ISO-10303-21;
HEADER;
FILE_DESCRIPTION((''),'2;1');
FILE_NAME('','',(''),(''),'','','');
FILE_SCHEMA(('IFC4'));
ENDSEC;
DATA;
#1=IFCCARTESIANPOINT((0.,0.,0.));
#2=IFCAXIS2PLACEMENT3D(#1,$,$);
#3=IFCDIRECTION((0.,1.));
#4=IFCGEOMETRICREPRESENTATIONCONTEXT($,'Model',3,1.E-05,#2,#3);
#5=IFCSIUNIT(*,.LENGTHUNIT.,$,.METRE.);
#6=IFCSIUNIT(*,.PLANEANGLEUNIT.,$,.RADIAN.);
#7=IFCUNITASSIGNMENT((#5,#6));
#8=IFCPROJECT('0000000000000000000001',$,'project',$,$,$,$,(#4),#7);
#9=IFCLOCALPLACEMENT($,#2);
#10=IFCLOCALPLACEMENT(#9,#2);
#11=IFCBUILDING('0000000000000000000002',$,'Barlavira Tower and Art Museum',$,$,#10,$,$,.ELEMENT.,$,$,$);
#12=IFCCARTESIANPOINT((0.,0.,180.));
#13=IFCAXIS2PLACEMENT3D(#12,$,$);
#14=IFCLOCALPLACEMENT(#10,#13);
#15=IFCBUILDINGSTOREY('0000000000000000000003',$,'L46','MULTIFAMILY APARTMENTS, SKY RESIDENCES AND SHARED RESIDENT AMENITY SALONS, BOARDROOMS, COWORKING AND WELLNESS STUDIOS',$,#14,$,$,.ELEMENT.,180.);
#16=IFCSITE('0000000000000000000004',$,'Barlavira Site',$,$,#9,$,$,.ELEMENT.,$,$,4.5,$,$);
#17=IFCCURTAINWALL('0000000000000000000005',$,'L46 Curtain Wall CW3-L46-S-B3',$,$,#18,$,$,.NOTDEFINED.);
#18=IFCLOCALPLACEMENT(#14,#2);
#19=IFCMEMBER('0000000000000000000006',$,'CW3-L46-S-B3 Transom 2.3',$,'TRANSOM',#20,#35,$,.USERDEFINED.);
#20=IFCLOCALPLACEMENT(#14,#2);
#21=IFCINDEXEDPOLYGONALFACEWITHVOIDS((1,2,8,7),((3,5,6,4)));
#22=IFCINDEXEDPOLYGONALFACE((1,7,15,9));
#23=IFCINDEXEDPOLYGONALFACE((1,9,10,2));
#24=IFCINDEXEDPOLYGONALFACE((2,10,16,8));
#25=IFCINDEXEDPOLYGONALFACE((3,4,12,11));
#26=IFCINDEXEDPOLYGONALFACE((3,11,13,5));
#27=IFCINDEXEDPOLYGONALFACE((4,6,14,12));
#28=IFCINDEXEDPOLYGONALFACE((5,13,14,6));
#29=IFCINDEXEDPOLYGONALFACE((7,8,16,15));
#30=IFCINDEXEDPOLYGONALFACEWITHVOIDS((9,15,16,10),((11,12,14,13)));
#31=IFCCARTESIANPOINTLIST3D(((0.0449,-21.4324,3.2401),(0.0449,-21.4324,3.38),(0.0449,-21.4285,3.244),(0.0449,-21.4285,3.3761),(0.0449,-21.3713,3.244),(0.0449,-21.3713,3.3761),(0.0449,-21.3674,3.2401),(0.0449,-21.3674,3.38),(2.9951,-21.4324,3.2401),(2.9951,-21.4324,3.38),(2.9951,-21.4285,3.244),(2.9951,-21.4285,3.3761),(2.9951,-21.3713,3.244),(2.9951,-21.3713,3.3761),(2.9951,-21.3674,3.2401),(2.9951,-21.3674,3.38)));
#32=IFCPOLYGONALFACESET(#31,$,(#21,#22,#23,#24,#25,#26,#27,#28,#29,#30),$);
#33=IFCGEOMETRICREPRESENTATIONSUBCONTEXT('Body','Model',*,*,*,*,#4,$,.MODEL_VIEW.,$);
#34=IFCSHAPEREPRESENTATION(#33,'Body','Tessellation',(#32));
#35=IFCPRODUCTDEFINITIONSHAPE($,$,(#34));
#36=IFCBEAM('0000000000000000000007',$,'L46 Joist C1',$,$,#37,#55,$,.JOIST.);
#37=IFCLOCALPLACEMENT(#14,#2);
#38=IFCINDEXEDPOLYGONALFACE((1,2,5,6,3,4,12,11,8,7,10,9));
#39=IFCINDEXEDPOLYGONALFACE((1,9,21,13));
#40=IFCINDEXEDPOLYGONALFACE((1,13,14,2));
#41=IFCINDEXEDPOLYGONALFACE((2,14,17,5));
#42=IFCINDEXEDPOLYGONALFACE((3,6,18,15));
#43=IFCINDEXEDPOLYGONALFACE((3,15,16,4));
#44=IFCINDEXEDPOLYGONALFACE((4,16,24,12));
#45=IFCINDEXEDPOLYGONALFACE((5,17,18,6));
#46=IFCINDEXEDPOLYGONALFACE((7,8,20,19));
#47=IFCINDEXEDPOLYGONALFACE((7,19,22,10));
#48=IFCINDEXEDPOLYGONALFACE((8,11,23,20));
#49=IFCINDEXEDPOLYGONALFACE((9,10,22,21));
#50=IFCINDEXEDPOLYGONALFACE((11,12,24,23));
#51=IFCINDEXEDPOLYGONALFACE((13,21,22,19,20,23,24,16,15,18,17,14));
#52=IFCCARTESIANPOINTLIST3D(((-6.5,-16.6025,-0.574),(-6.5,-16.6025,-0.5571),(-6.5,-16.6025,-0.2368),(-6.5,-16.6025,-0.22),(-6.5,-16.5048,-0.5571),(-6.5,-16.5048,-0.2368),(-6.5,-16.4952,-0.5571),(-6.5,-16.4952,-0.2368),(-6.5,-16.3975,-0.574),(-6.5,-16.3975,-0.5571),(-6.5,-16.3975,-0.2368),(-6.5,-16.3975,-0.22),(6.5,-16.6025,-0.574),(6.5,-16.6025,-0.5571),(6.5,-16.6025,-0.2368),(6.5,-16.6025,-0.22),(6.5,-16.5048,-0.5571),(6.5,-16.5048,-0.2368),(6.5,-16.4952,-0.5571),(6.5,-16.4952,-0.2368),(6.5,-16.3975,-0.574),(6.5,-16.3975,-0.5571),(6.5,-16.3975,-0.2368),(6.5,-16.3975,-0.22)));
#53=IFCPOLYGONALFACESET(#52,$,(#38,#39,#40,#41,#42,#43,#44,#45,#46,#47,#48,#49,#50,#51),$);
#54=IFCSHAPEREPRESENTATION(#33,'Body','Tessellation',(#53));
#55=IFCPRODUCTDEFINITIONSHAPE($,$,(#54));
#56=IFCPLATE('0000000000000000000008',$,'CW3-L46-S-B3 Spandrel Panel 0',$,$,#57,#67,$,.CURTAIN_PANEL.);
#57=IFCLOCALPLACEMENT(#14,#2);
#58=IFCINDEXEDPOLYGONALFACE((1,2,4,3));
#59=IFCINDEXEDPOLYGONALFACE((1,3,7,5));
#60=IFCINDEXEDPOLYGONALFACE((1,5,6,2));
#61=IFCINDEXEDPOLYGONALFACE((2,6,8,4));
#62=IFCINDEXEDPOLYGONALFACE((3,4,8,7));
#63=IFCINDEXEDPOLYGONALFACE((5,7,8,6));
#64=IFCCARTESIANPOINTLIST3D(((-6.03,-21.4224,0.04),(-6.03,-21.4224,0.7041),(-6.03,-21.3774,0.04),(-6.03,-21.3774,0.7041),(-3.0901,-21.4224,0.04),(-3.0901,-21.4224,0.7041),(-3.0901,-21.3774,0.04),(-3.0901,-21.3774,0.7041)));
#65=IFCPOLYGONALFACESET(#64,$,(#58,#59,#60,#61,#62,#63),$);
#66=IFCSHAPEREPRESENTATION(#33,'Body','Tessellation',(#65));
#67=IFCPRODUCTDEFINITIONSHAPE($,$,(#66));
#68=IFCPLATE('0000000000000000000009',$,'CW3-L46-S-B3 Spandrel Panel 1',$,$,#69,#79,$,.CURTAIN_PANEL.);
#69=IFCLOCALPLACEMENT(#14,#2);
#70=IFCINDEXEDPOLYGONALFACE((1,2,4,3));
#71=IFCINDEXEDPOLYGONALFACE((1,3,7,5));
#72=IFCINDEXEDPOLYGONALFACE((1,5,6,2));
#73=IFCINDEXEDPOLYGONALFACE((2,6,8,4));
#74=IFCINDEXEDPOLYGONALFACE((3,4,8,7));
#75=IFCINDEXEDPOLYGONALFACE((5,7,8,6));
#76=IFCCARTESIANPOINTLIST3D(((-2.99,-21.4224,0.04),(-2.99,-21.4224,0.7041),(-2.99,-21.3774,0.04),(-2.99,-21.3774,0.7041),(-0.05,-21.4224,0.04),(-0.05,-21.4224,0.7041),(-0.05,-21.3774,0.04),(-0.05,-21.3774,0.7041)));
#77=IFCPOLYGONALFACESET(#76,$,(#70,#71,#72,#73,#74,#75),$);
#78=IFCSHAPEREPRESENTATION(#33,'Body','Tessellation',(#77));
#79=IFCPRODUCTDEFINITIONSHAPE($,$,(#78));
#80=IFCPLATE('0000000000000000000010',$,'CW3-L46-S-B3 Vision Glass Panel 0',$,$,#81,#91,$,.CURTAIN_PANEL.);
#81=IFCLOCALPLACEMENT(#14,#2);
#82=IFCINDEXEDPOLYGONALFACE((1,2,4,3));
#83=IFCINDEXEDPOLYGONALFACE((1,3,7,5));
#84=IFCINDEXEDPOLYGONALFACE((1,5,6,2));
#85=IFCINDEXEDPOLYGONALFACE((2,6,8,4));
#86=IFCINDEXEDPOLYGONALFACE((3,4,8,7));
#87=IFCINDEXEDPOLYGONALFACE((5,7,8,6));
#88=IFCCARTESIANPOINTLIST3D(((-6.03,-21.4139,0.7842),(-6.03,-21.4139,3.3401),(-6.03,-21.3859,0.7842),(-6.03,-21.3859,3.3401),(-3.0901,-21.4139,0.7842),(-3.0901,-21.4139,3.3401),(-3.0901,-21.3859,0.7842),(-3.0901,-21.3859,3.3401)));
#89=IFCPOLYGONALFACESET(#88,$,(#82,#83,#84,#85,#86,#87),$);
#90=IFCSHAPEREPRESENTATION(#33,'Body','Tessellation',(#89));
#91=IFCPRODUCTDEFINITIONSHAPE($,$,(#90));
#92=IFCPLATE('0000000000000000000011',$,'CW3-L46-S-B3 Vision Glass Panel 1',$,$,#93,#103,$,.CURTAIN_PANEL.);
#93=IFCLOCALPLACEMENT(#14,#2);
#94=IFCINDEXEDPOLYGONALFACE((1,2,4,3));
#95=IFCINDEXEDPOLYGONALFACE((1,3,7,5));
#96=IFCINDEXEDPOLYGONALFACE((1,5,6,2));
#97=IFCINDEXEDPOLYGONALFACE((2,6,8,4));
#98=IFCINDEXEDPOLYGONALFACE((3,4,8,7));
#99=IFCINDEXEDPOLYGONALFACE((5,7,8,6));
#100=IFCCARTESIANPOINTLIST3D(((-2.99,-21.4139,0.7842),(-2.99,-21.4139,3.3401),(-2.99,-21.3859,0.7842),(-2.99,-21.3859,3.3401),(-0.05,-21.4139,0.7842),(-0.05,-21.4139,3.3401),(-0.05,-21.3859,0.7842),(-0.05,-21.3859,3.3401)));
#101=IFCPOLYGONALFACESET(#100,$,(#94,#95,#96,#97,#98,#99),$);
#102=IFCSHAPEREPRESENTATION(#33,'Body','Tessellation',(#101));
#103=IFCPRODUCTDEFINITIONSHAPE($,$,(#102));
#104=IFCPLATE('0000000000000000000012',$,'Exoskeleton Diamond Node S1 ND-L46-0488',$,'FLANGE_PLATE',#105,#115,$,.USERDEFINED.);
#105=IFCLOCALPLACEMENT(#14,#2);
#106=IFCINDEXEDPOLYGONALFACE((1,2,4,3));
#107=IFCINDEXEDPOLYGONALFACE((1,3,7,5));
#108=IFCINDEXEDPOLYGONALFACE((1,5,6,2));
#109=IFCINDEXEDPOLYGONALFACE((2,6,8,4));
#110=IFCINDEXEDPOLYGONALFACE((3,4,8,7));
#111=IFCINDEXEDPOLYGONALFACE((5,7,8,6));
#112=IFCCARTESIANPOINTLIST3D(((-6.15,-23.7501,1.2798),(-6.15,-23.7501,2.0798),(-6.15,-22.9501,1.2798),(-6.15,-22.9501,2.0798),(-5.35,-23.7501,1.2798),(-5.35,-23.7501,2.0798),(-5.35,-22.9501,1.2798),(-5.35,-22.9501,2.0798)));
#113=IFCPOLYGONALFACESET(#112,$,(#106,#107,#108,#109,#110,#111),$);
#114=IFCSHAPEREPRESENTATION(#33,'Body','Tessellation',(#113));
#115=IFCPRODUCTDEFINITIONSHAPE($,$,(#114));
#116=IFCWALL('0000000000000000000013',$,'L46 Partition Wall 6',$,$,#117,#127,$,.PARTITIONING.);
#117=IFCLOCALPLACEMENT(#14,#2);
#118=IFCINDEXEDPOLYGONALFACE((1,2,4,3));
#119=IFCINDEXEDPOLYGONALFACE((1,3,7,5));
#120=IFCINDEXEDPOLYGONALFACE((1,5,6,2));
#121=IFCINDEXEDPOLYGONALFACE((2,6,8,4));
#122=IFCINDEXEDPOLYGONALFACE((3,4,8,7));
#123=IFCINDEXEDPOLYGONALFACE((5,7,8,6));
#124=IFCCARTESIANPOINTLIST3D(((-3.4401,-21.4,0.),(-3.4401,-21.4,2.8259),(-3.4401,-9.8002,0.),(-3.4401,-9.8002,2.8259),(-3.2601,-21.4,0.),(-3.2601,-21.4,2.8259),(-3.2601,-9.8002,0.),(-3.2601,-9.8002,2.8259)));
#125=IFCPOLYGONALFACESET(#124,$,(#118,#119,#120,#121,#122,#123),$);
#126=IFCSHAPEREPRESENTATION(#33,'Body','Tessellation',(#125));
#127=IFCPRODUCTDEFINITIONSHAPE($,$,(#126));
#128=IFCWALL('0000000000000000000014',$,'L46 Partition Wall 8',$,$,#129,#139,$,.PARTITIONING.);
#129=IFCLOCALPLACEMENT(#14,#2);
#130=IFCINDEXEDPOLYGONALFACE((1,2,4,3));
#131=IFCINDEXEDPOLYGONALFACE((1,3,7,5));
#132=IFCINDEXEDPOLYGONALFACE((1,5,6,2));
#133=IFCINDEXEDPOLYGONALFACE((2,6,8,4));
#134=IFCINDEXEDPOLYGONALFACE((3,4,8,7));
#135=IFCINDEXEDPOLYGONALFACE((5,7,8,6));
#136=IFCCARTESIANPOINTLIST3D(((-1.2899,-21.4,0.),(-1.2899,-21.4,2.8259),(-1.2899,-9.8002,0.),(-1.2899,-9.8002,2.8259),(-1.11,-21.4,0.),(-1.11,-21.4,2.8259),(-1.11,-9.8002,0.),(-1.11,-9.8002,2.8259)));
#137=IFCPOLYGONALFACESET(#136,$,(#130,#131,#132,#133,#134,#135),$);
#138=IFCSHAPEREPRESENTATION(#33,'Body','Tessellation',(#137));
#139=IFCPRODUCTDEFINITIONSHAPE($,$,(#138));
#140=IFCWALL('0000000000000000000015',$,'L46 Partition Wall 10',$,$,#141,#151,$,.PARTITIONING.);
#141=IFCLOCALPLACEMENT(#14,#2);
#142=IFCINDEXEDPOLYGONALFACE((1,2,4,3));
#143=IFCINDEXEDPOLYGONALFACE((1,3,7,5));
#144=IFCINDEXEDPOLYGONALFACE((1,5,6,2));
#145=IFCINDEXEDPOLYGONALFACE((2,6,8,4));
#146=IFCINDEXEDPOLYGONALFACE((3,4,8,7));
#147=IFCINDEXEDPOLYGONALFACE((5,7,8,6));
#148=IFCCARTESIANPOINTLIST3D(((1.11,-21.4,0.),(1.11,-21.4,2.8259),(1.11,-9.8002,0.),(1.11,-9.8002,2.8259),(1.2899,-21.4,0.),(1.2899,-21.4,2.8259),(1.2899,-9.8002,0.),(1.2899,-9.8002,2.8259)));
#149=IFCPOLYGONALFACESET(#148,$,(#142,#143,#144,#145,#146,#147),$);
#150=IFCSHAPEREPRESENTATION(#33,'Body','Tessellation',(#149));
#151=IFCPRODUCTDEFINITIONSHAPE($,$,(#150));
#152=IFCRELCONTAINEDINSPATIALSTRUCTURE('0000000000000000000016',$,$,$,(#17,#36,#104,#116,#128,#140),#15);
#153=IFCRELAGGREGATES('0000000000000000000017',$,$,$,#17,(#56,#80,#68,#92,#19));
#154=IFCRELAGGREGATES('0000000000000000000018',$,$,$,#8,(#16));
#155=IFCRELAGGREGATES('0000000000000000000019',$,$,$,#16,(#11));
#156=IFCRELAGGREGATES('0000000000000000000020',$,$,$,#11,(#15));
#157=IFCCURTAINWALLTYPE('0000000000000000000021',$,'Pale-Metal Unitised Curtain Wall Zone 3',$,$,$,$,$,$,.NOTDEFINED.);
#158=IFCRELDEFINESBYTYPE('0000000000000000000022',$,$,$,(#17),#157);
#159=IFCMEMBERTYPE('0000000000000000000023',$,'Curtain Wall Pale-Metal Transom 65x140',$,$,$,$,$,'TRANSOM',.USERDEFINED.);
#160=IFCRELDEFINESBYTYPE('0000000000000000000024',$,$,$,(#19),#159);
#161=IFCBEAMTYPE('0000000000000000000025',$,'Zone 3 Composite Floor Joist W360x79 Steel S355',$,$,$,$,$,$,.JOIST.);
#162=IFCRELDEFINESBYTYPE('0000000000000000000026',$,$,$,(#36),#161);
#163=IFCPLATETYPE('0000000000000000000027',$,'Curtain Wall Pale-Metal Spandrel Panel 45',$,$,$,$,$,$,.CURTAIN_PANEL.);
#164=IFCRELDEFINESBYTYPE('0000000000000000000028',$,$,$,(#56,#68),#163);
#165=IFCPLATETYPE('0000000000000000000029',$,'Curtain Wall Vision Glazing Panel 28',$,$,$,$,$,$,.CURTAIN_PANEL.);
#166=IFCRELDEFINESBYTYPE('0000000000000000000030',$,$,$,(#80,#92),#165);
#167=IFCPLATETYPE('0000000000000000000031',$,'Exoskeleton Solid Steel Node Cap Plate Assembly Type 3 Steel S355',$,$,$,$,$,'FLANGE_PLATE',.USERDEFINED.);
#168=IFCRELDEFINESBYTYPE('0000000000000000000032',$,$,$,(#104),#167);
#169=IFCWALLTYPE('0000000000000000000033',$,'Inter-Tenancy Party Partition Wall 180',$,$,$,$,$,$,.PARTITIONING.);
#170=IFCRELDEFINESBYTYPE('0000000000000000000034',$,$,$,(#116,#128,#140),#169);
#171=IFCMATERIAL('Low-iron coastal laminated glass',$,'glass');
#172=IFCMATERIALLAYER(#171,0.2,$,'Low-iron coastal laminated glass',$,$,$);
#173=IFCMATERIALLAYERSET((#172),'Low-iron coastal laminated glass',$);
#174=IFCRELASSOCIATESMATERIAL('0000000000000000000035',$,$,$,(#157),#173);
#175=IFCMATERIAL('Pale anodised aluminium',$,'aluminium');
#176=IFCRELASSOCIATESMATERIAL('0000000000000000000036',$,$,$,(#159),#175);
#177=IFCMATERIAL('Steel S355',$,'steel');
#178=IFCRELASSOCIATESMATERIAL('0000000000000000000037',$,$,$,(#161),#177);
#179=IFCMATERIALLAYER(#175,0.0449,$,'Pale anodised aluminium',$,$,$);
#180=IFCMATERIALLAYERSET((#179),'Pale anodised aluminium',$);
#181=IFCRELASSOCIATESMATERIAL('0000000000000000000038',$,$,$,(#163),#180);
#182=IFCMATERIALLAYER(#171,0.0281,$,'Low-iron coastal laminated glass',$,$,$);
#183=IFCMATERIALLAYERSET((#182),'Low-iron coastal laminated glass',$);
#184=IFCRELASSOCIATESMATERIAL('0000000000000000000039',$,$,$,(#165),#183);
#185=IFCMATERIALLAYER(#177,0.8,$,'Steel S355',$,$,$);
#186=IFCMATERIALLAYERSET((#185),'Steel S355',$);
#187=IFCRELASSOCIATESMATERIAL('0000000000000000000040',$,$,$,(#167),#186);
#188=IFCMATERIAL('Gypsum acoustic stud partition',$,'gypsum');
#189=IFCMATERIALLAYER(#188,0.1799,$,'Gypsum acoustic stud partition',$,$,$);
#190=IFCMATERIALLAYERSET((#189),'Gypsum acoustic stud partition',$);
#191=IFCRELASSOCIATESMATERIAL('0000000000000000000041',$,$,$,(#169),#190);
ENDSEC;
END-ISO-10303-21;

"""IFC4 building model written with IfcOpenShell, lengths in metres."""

from ifc_helpers import new_model, si_unit, direction, frame, frame_2d, origin, origin_2d, place, context, subcontext, project, spatial, rectangle, hollow_rectangle, i_section, extrude, material, layer, layer_set, material_profile, profile_set, type_object, element, aggregate, save


model = new_model("IFC4")

# Units and contexts
model_context = context("Model", 3, precision=1e-05, world=origin(), true_north=direction((0.0, 1.0)))
body_context = subcontext(model_context, "Body", "Model", "MODEL_VIEW")
ifc_project = project(units=[si_unit("LENGTHUNIT", "METRE"), si_unit("PLANEANGLEUNIT", "RADIAN")], contexts=[model_context])

# Site, building, storey
site_placement = place(None, origin())
site = spatial("IfcSite", under=ifc_project, at=site_placement, Name="Barlavira Site", CompositionType="ELEMENT", RefElevation=4.5)
building_placement = place(site_placement, origin())
building = spatial("IfcBuilding", under=site, at=building_placement, Name="Barlavira Tower and Art Museum", CompositionType="ELEMENT")
storey_placement = place(building_placement, frame((0.0, 0.0, 180.0)))
storey = spatial("IfcBuildingStorey", under=building, at=storey_placement, Name="L46", Description="MULTIFAMILY APARTMENTS, SKY RESIDENCES AND SHARED RESIDENT AMENITY SALONS, BOARDROOMS, COWORKING AND WELLNESS STUDIOS", CompositionType="ELEMENT", Elevation=180.0)

# Curtain wall, member
ifc_material_1 = material(Name="Low-iron coastal laminated glass", Category="glass")
ifc_layer_1 = layer(ifc_material_1, 0.2, Name="Low-iron coastal laminated glass")
ifc_layer_set_1 = layer_set([ifc_layer_1], Name="Low-iron coastal laminated glass")
curtain_wall_type = type_object("IfcCurtainWallType", Name="Pale-Metal Unitised Curtain Wall Zone 3", PredefinedType="NOTDEFINED", material=ifc_layer_set_1)
curtain_wall_placement = place(storey_placement, origin())
curtain_wall = element("IfcCurtainWall", 1, at=curtain_wall_placement, inside=storey, type_object=curtain_wall_type, Name="L46 Curtain Wall CW3-L46-S-B3", PredefinedType="NOTDEFINED")
ifc_material_2 = material(Name="Pale anodised aluminium", Category="aluminium")
ifc_material_profile_1 = material_profile(ifc_material_2, hollow_rectangle(XDim=0.0649, YDim=0.1399, WallThickness=0.0039, at=origin_2d()), Name="ALU-TRAN 65x140x4")
ifc_profile_set_1 = profile_set([ifc_material_profile_1], Name="Pale anodised aluminium")
member_type_1 = type_object("IfcMemberType", Name="Curtain Wall Pale-Metal Transom 65x140", ElementType="TRANSOM", PredefinedType="USERDEFINED", material=ifc_profile_set_1)
member_1_placement = place(storey_placement, frame((0.0449, -21.3999, 3.3101), z_axis=(1.0, 0.0, 0.0), x_axis=(0.0, 1.0, 0.0)))
member_1 = element("IfcMember", 2, at=member_1_placement, type_object=member_type_1, Name="CW3-L46-S-B3 Transom 2.3", ObjectType="TRANSOM", PredefinedType="USERDEFINED", context=body_context, shape_type="SweptSolid", body=[
    extrude(hollow_rectangle(XDim=0.0649, YDim=0.1399, WallThickness=0.0039, at=origin_2d()), origin(), (0.0, 0.0, 1.0), 2.9502),
])

# Beam
ifc_material_3 = material(Name="Steel S355", Category="steel")
ifc_material_profile_2 = material_profile(ifc_material_3, i_section(OverallWidth=0.2051, OverallDepth=0.354, WebThickness=0.0095, FlangeThickness=0.0168, at=origin_2d()), Name="W360x79.0")
ifc_profile_set_2 = profile_set([ifc_material_profile_2], Name="Steel S355")
beam_type = type_object("IfcBeamType", Name="Zone 3 Composite Floor Joist W360x79 Steel S355", PredefinedType="JOIST", material=ifc_profile_set_2)
beam_placement = place(storey_placement, frame((-6.5, -16.5, -0.397), z_axis=(1.0, 0.0, 0.0), x_axis=(0.0, 1.0, 0.0)))
element("IfcBeam", 3, at=beam_placement, inside=storey, type_object=beam_type, Name="L46 Joist C1", PredefinedType="JOIST", context=body_context, shape_type="SweptSolid", body=[
    extrude(i_section(OverallWidth=0.2051, OverallDepth=0.354, WebThickness=0.0095, FlangeThickness=0.0168, at=origin_2d()), origin(), (0.0, 0.0, 1.0), 13.0),
])

# Plates
ifc_layer_2 = layer(ifc_material_2, 0.0449, Name="Pale anodised aluminium")
ifc_layer_set_2 = layer_set([ifc_layer_2], Name="Pale anodised aluminium")
plate_type_1 = type_object("IfcPlateType", Name="Curtain Wall Pale-Metal Spandrel Panel 45", PredefinedType="CURTAIN_PANEL", material=ifc_layer_set_2)
plate_1_placement = place(storey_placement, frame((-4.5601, -21.3999, 0.04), z_axis=(0.0, 0.0, 1.0), x_axis=(1.0, 0.0, 0.0)))
plate_1 = element("IfcPlate", 4, at=plate_1_placement, type_object=plate_type_1, Name="CW3-L46-S-B3 Spandrel Panel 0", PredefinedType="CURTAIN_PANEL", context=body_context, shape_type="SweptSolid", body=[
    extrude(rectangle(XDim=2.9399, YDim=0.0449, at=origin_2d()), origin(), (0.0, 0.0, 1.0), 0.6641),
])
plate_2_placement = place(storey_placement, frame((-1.52, -21.3999, 0.04), z_axis=(0.0, 0.0, 1.0), x_axis=(1.0, 0.0, 0.0)))
plate_2 = element("IfcPlate", 5, at=plate_2_placement, type_object=plate_type_1, Name="CW3-L46-S-B3 Spandrel Panel 1", PredefinedType="CURTAIN_PANEL", context=body_context, shape_type="SweptSolid", body=[
    extrude(rectangle(XDim=2.9399, YDim=0.0449, at=origin_2d()), origin(), (0.0, 0.0, 1.0), 0.6641),
])
ifc_layer_3 = layer(ifc_material_1, 0.0281, Name="Low-iron coastal laminated glass")
ifc_layer_set_3 = layer_set([ifc_layer_3], Name="Low-iron coastal laminated glass")
plate_type_2 = type_object("IfcPlateType", Name="Curtain Wall Vision Glazing Panel 28", PredefinedType="CURTAIN_PANEL", material=ifc_layer_set_3)
plate_3_placement = place(storey_placement, frame((-4.5601, -21.3999, 0.7842), z_axis=(0.0, 0.0, 1.0), x_axis=(1.0, 0.0, 0.0)))
plate_3 = element("IfcPlate", 6, at=plate_3_placement, type_object=plate_type_2, Name="CW3-L46-S-B3 Vision Glass Panel 0", PredefinedType="CURTAIN_PANEL", context=body_context, shape_type="SweptSolid", body=[
    extrude(rectangle(XDim=2.9399, YDim=0.0281, at=origin_2d()), origin(), (0.0, 0.0, 1.0), 2.5559),
])
plate_4_placement = place(storey_placement, frame((-1.52, -21.3999, 0.7842), z_axis=(0.0, 0.0, 1.0), x_axis=(1.0, 0.0, 0.0)))
plate_4 = element("IfcPlate", 7, at=plate_4_placement, type_object=plate_type_2, Name="CW3-L46-S-B3 Vision Glass Panel 1", PredefinedType="CURTAIN_PANEL", context=body_context, shape_type="SweptSolid", body=[
    extrude(rectangle(XDim=2.9399, YDim=0.0281, at=origin_2d()), origin(), (0.0, 0.0, 1.0), 2.5559),
])
aggregate(curtain_wall, [plate_1, plate_3, plate_2, plate_4, member_1])
ifc_layer_4 = layer(ifc_material_3, 0.8, Name="Steel S355")
ifc_layer_set_4 = layer_set([ifc_layer_4], Name="Steel S355")
plate_type_3 = type_object("IfcPlateType", Name="Exoskeleton Solid Steel Node Cap Plate Assembly Type 3 Steel S355", ElementType="FLANGE_PLATE", PredefinedType="USERDEFINED", material=ifc_layer_set_4)
plate_5_placement = place(storey_placement, frame((-5.75, -23.3501, 1.2798), z_axis=(0.0, 0.0, 1.0), x_axis=(1.0, 0.0, 0.0)))
element("IfcPlate", 8, at=plate_5_placement, inside=storey, type_object=plate_type_3, Name="Exoskeleton Diamond Node S1 ND-L46-0488", ObjectType="FLANGE_PLATE", PredefinedType="USERDEFINED", context=body_context, shape_type="SweptSolid", body=[
    extrude(rectangle(XDim=0.8, YDim=0.8, at=origin_2d()), origin(), (0.0, 0.0, 1.0), 0.8),
])

# Walls
ifc_material_4 = material(Name="Gypsum acoustic stud partition", Category="gypsum")
ifc_layer_5 = layer(ifc_material_4, 0.1799, Name="Gypsum acoustic stud partition")
ifc_layer_set_5 = layer_set([ifc_layer_5], Name="Gypsum acoustic stud partition")
wall_type = type_object("IfcWallType", Name="Inter-Tenancy Party Partition Wall 180", PredefinedType="PARTITIONING", material=ifc_layer_set_5)
for number, where, z_axis, x_axis, name in (
    (9, (-3.3501, -21.3999, 0.0), (0.0, 0.0, 1.0), (0.0, 1.0, 0.0), "L46 Partition Wall 6"),
    (10, (-1.2, -21.3999, 0.0), (0.0, 0.0, 1.0), (0.0, 1.0, 0.0), "L46 Partition Wall 8"),
    (11, (1.2, -21.3999, 0.0), (0.0, 0.0, 1.0), (0.0, 1.0, 0.0), "L46 Partition Wall 10"),
):
    element("IfcWall", number, at=place(storey_placement, frame(where, z_axis=z_axis, x_axis=x_axis)), inside=storey, type_object=wall_type, Name=name, PredefinedType="PARTITIONING", context=body_context, shape_type="SweptSolid", body=[
        extrude(rectangle(XDim=11.5999, YDim=0.1799, at=frame_2d((5.7998, 0.0))), origin(), (0.0, 0.0, 1.0), 2.8259),
    ])

save(model, "model.ifc")
